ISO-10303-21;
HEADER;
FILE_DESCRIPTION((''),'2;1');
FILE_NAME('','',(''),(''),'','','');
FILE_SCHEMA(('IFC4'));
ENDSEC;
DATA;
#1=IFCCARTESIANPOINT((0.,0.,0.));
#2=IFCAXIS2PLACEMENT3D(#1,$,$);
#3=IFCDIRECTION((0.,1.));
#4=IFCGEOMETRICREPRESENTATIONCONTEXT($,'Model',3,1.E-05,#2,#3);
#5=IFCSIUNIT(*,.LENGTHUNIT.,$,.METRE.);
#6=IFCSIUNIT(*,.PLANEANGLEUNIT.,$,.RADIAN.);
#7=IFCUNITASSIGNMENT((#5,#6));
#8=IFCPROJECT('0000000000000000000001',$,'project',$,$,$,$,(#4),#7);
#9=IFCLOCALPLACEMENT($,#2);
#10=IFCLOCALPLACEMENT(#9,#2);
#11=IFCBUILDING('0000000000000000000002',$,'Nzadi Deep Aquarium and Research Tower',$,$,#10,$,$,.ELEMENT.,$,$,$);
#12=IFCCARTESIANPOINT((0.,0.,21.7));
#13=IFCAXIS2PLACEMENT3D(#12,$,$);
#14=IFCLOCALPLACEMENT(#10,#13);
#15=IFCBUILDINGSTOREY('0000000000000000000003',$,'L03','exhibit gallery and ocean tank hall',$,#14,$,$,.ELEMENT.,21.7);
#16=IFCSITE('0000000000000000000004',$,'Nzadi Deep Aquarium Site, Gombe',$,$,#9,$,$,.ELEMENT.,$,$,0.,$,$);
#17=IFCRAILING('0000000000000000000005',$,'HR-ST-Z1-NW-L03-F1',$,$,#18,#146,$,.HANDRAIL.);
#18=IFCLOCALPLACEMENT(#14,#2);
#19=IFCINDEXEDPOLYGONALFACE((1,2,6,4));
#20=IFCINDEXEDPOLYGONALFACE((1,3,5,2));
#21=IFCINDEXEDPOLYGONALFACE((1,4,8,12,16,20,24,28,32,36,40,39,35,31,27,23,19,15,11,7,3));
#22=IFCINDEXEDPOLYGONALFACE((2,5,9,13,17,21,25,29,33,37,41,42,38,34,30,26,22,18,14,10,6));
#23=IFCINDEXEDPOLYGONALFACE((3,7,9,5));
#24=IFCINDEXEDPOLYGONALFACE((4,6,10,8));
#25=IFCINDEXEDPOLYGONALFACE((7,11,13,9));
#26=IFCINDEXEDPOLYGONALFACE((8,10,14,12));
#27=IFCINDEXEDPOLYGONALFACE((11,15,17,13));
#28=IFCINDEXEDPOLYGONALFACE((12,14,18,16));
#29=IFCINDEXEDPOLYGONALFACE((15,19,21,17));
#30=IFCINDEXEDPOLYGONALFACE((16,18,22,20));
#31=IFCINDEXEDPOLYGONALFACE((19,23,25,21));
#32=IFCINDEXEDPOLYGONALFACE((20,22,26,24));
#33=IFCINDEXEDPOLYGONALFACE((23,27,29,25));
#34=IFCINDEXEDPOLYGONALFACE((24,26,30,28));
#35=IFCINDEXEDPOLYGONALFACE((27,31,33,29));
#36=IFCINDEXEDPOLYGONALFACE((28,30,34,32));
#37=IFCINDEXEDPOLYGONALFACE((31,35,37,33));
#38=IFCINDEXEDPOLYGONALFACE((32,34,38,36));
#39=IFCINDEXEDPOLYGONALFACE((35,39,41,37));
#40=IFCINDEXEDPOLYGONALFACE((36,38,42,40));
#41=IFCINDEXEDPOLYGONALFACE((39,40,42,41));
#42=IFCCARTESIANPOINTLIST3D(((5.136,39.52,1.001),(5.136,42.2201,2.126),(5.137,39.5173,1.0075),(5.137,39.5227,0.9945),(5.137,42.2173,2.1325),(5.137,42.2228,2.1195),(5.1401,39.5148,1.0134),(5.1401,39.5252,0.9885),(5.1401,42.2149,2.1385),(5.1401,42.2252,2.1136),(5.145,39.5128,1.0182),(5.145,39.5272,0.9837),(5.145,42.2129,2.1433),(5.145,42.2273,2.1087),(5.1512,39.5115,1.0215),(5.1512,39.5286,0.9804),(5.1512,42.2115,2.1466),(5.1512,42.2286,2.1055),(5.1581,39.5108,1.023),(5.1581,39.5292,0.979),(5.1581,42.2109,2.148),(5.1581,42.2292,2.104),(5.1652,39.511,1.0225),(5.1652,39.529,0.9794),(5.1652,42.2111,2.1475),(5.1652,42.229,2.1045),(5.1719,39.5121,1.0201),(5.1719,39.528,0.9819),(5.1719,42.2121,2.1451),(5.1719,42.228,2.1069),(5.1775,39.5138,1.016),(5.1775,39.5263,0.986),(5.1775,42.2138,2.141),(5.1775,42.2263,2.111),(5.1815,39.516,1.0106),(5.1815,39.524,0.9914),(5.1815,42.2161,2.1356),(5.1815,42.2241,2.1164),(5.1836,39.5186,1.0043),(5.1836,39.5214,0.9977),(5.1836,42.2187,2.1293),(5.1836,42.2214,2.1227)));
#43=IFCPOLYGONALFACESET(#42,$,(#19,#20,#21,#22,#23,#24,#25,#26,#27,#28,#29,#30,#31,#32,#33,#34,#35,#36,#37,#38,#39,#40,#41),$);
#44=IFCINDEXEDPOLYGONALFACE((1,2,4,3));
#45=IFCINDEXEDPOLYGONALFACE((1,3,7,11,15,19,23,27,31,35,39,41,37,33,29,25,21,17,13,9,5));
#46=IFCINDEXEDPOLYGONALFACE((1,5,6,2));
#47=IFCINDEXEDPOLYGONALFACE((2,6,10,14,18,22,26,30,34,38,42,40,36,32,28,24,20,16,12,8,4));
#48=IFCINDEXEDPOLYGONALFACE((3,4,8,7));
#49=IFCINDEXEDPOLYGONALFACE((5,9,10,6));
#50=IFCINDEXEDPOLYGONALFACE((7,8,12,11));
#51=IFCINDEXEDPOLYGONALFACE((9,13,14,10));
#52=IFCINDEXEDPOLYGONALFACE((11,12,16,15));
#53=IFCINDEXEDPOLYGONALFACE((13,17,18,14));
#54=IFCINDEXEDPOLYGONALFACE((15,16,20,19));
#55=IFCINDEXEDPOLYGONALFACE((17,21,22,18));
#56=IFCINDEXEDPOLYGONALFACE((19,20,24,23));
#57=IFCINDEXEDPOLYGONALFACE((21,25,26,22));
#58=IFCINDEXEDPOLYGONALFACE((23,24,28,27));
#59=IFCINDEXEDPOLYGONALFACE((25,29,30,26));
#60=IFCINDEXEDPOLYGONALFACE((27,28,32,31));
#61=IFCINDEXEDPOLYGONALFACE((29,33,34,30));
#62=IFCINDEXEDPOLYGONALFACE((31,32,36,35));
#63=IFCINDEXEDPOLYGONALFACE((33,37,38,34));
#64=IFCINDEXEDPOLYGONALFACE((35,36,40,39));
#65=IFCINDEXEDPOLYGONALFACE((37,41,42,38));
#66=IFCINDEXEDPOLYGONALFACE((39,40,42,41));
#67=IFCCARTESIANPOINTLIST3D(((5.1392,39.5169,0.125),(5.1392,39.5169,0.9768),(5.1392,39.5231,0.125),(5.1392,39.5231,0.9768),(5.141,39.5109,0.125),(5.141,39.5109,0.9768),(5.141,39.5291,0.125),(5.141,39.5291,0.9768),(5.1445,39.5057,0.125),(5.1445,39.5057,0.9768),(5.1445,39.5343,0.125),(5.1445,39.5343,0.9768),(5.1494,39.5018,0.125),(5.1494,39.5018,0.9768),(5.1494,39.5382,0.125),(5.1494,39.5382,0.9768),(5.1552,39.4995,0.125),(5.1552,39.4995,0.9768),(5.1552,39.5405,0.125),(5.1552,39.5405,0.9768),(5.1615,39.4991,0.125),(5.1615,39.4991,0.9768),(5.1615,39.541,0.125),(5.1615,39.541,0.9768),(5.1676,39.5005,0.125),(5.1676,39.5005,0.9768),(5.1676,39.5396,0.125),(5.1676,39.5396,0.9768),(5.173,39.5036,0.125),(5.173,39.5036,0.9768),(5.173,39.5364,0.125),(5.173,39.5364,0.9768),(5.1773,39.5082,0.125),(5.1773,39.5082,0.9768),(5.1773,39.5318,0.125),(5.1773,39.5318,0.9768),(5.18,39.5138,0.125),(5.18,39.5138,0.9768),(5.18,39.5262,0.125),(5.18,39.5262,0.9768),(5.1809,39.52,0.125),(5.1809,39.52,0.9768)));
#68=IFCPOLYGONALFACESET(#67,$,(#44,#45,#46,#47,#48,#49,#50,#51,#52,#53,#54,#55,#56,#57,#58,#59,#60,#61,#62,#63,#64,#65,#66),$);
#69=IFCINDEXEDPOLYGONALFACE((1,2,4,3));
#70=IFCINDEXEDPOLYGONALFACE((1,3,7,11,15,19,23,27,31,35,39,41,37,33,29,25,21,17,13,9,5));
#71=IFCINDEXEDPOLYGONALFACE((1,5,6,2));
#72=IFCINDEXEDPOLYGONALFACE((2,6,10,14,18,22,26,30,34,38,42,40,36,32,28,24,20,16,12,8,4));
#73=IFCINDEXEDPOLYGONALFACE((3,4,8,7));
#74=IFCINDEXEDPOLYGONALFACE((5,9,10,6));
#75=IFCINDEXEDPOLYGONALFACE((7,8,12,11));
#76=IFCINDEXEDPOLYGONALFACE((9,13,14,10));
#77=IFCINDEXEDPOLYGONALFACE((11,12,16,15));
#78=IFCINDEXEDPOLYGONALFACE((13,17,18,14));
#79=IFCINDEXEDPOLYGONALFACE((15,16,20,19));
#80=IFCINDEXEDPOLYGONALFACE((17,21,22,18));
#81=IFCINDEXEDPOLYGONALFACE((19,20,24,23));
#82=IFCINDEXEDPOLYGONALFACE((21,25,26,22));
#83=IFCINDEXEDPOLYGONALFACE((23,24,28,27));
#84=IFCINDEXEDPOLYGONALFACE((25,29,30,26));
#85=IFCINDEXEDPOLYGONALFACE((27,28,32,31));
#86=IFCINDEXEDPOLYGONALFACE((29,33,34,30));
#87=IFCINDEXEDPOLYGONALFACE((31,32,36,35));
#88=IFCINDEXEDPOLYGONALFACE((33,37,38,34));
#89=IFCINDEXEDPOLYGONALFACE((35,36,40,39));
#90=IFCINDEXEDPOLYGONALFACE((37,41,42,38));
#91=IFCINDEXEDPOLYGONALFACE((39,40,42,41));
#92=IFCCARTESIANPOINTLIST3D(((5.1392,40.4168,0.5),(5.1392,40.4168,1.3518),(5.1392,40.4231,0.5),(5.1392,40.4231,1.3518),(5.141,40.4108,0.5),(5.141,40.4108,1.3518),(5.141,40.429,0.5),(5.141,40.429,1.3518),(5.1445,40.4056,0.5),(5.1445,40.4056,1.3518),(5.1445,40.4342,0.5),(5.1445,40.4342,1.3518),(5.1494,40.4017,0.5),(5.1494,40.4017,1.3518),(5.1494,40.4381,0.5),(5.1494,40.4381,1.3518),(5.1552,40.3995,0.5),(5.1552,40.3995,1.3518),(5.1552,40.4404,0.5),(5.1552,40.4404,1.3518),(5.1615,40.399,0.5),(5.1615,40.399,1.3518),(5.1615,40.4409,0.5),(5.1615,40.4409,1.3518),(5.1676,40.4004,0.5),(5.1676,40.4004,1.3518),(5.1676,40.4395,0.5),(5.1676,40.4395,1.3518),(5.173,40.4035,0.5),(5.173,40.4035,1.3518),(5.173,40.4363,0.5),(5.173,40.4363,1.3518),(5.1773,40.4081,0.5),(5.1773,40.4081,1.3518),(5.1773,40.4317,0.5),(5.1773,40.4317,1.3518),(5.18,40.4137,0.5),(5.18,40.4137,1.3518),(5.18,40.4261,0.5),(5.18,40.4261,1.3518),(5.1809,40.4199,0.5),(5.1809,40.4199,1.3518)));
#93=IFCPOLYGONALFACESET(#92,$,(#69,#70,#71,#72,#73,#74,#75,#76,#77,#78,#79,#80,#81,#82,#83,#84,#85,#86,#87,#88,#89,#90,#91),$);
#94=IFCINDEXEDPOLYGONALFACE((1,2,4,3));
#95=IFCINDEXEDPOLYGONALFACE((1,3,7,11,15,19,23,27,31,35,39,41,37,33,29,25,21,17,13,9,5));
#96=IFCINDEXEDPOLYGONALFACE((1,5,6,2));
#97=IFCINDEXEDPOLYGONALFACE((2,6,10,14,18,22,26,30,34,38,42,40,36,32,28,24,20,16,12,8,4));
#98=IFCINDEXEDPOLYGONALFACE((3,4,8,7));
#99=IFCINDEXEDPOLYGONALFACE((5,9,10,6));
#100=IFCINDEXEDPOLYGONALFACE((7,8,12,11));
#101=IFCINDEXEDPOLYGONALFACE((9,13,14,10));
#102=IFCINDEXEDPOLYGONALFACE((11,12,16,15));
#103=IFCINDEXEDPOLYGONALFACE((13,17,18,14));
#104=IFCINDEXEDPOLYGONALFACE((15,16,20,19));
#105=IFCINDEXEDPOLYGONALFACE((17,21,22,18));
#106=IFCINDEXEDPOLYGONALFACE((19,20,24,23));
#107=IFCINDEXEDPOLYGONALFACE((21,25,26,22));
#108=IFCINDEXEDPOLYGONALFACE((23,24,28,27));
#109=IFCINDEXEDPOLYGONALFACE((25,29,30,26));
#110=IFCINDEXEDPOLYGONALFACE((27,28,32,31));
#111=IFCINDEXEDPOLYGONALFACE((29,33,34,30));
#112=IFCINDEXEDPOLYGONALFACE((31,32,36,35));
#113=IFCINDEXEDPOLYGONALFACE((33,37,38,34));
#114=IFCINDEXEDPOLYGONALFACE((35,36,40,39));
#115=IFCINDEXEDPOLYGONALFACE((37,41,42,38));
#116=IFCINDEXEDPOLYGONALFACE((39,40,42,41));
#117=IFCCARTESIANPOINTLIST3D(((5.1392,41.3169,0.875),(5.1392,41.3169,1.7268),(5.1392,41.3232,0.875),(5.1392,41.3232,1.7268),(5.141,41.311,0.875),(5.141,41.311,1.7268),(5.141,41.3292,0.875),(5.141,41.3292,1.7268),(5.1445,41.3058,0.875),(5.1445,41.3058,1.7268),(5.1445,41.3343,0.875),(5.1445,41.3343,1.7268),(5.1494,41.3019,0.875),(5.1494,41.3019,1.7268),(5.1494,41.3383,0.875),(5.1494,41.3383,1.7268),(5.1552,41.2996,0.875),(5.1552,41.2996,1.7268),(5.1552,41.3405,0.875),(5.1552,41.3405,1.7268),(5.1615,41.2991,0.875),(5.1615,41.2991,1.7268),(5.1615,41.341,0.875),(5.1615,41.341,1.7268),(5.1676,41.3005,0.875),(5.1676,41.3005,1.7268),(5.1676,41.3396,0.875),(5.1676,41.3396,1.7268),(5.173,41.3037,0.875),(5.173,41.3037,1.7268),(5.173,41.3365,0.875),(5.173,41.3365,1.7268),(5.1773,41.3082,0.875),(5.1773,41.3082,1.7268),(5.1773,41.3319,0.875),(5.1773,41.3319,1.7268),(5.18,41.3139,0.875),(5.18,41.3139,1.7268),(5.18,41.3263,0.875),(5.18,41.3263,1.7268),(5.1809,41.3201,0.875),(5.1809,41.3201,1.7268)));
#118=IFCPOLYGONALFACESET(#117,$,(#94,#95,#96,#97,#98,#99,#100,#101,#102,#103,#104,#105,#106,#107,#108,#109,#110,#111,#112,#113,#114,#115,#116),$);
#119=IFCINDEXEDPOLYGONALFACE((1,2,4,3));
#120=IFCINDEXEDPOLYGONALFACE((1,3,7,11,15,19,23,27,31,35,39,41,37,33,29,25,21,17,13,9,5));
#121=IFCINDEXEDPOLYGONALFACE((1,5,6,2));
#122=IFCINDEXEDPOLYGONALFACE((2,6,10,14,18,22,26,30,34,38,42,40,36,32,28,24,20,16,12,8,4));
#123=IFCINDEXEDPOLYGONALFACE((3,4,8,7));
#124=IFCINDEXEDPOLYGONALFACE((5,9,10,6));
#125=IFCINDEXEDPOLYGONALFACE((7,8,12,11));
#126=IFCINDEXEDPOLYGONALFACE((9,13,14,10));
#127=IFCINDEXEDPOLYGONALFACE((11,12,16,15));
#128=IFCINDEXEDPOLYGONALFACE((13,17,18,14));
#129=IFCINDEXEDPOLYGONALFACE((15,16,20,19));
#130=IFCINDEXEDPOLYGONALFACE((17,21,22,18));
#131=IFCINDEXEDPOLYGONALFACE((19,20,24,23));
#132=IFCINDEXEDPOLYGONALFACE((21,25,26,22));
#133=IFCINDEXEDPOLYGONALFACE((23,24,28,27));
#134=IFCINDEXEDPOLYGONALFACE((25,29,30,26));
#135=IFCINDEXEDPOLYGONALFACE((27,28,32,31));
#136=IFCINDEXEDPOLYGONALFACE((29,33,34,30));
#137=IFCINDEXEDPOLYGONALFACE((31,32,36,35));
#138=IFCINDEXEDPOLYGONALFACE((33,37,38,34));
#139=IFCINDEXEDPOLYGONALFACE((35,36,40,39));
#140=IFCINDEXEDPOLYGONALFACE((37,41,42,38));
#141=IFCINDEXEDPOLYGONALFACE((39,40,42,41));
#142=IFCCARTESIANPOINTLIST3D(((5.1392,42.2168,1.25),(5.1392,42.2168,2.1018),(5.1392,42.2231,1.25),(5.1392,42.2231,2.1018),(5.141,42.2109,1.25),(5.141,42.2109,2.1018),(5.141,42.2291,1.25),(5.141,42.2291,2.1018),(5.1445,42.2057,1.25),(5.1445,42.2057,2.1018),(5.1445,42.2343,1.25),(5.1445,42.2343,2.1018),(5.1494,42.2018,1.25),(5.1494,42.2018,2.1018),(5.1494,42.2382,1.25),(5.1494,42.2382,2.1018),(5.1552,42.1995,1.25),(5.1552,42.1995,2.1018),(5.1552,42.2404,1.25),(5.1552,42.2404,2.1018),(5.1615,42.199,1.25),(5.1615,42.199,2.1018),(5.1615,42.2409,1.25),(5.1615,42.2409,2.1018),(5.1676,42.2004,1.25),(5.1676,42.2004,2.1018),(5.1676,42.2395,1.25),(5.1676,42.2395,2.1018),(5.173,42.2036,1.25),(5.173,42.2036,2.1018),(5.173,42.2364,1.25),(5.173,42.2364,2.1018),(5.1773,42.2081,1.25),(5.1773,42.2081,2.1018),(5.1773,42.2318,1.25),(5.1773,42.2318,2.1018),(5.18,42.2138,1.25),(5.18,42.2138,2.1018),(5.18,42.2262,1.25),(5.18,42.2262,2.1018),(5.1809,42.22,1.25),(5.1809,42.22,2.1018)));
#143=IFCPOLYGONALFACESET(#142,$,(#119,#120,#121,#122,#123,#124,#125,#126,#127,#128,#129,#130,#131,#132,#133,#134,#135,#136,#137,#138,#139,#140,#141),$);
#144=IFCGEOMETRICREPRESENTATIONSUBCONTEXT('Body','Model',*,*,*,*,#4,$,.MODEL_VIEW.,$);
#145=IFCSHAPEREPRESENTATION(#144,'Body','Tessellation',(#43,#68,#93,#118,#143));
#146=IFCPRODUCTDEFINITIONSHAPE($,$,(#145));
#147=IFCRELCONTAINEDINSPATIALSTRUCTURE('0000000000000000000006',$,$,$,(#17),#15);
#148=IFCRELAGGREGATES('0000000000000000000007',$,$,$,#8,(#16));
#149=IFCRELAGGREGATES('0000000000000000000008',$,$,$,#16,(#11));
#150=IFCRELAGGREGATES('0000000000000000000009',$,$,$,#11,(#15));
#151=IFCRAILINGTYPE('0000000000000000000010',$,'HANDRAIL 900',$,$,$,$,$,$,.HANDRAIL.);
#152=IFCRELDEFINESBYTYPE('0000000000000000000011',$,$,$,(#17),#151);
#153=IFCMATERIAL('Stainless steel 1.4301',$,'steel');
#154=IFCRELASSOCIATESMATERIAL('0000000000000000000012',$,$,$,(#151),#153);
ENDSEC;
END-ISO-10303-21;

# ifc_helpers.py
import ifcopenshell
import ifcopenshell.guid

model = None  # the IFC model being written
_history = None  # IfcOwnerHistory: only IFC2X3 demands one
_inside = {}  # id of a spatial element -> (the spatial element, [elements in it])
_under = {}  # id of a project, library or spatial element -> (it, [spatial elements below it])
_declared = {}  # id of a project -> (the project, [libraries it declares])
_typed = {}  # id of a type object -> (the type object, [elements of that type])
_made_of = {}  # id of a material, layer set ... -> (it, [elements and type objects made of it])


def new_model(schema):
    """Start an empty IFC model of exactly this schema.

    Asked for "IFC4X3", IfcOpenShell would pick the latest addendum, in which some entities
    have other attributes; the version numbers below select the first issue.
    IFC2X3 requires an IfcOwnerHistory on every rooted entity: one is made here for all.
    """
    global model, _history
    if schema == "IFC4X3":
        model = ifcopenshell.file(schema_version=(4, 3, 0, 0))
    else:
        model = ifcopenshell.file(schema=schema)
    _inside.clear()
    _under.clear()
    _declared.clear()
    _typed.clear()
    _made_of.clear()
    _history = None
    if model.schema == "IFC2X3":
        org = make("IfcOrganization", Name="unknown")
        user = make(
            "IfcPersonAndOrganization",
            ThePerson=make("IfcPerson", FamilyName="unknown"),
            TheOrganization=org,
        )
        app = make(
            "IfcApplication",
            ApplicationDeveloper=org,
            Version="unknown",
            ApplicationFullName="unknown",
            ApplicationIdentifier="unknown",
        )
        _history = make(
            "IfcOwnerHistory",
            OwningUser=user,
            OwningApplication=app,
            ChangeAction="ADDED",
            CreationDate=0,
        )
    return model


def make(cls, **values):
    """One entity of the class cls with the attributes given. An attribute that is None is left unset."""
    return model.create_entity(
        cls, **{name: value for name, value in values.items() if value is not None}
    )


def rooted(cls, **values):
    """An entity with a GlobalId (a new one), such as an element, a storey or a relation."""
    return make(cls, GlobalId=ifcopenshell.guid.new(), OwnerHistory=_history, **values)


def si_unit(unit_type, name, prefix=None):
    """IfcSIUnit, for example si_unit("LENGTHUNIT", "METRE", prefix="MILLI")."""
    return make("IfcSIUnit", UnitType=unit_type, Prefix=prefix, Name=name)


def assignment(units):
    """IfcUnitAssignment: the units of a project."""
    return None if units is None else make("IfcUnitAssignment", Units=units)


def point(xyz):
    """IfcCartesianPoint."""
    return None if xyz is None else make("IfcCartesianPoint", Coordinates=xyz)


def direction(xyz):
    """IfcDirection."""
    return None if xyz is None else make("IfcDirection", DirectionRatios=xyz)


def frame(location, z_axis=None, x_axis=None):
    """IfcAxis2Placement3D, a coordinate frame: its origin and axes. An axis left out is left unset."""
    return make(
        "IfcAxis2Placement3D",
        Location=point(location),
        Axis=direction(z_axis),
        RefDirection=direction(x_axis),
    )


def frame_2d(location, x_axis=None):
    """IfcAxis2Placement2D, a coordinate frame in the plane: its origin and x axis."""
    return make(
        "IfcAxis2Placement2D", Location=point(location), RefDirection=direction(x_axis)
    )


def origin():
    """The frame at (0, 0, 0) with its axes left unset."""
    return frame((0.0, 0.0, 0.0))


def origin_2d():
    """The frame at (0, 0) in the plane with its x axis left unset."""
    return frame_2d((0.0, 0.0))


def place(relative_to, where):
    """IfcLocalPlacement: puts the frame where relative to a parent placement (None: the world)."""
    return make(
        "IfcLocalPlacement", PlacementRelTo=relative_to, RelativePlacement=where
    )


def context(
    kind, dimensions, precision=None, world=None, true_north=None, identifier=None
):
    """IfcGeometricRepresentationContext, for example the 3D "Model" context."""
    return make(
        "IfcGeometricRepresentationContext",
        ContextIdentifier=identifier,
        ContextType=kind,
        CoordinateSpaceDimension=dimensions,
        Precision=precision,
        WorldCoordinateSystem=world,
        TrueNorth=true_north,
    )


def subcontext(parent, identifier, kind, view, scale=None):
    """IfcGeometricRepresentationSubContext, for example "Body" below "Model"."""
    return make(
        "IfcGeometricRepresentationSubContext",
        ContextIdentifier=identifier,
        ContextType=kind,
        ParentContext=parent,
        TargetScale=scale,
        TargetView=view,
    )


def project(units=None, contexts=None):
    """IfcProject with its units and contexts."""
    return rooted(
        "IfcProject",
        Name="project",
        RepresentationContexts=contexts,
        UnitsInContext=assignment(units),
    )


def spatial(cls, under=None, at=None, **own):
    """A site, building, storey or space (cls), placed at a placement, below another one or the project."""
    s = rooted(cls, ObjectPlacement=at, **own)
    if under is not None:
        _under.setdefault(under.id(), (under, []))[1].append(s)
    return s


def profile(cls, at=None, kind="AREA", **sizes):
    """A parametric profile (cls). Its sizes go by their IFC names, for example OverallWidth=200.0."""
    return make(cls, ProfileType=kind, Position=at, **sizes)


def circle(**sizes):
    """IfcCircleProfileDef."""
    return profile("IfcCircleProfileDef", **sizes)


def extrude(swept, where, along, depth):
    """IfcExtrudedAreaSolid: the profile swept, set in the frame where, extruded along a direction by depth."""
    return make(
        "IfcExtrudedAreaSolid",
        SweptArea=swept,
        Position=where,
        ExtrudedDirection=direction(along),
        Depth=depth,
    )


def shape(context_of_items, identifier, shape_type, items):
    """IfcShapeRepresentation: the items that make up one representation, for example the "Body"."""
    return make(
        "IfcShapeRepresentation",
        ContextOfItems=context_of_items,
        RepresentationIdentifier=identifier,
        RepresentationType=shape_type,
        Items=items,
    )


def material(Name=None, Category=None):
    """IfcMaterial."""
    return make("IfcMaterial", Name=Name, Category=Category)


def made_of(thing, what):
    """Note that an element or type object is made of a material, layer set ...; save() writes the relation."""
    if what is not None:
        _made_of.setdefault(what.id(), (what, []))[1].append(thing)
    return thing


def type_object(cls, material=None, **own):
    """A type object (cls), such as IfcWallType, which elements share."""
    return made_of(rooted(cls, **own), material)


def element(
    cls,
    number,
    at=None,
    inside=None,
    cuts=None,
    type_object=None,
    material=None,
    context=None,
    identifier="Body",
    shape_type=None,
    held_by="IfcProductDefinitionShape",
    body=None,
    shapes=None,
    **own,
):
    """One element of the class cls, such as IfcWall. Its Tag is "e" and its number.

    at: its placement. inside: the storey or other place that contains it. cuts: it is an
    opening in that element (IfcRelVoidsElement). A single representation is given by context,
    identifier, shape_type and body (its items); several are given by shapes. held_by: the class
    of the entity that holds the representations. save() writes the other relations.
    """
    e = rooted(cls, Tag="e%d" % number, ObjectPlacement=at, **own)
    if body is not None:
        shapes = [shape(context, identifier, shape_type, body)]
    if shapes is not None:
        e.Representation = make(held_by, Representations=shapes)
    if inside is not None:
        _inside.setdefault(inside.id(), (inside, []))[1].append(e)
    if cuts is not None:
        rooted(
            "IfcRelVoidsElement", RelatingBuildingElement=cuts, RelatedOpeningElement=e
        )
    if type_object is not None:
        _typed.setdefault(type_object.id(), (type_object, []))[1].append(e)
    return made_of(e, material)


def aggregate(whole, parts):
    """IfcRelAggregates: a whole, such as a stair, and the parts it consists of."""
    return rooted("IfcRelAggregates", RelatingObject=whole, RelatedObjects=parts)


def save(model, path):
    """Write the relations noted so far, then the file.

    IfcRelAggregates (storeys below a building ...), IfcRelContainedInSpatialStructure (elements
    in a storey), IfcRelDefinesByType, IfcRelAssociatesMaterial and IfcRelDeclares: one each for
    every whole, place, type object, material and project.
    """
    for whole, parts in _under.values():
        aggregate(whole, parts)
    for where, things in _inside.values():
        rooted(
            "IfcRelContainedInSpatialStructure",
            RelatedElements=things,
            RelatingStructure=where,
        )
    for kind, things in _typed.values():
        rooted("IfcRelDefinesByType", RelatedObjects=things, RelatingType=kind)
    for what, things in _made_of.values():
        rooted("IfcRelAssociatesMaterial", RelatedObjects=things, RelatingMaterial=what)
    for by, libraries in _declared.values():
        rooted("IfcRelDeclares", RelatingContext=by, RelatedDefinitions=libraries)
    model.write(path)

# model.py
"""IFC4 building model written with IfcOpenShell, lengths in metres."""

from ifc_helpers import new_model, si_unit, direction, frame, origin, origin_2d, place, context, subcontext, project, spatial, circle, extrude, material, type_object, element, save


model = new_model("IFC4")

# Units and contexts
model_context = context("Model", 3, precision=1e-05, world=origin(), true_north=direction((0.0, 1.0)))
body_context = subcontext(model_context, "Body", "Model", "MODEL_VIEW")
ifc_project = project(units=[si_unit("LENGTHUNIT", "METRE"), si_unit("PLANEANGLEUNIT", "RADIAN")], contexts=[model_context])

# Site, building, storey
site_placement = place(None, origin())
site = spatial("IfcSite", under=ifc_project, at=site_placement, Name="Nzadi Deep Aquarium Site, Gombe", CompositionType="ELEMENT", RefElevation=0.0)
building_placement = place(site_placement, origin())
building = spatial("IfcBuilding", under=site, at=building_placement, Name="Nzadi Deep Aquarium and Research Tower", CompositionType="ELEMENT")
storey_placement = place(building_placement, frame((0.0, 0.0, 21.7)))
storey = spatial("IfcBuildingStorey", under=building, at=storey_placement, Name="L03", Description="exhibit gallery and ocean tank hall", CompositionType="ELEMENT", Elevation=21.7)

# Railing
ifc_material_1 = material(Name="Stainless steel 1.4301", Category="steel")
railing_type = type_object("IfcRailingType", Name="HANDRAIL 900", PredefinedType="HANDRAIL", material=ifc_material_1)
for number, where, name in (
    (1, (5.1599, 39.52, 0.125), "HR-ST-Z1-NW-L03-F1"),
):
    element("IfcRailing", number, at=place(storey_placement, frame(where)), inside=storey, type_object=railing_type, Name=name, PredefinedType="HANDRAIL", context=body_context, shape_type="SweptSolid", body=[
        extrude(circle(Radius=0.0239, at=origin_2d()), frame((0.0, 0.0, 0.876), z_axis=(0.0, 0.923074, 0.384621), x_axis=(-1.0, 0.0, 0.0)), (0.0, 0.0, 1.0), 2.925),
        extrude(circle(Radius=0.021, at=origin_2d()), origin(), (0.0, 0.0, 1.0), 0.8518),
        extrude(circle(Radius=0.021, at=origin_2d()), frame((0.0, 0.8999, 0.375)), (0.0, 0.0, 1.0), 0.8518),
        extrude(circle(Radius=0.021, at=origin_2d()), frame((0.0, 1.8, 0.75)), (0.0, 0.0, 1.0), 0.8518),
        extrude(circle(Radius=0.021, at=origin_2d()), frame((0.0, 2.7, 1.125)), (0.0, 0.0, 1.0), 0.8518),
    ])

save(model, "model.ifc")
